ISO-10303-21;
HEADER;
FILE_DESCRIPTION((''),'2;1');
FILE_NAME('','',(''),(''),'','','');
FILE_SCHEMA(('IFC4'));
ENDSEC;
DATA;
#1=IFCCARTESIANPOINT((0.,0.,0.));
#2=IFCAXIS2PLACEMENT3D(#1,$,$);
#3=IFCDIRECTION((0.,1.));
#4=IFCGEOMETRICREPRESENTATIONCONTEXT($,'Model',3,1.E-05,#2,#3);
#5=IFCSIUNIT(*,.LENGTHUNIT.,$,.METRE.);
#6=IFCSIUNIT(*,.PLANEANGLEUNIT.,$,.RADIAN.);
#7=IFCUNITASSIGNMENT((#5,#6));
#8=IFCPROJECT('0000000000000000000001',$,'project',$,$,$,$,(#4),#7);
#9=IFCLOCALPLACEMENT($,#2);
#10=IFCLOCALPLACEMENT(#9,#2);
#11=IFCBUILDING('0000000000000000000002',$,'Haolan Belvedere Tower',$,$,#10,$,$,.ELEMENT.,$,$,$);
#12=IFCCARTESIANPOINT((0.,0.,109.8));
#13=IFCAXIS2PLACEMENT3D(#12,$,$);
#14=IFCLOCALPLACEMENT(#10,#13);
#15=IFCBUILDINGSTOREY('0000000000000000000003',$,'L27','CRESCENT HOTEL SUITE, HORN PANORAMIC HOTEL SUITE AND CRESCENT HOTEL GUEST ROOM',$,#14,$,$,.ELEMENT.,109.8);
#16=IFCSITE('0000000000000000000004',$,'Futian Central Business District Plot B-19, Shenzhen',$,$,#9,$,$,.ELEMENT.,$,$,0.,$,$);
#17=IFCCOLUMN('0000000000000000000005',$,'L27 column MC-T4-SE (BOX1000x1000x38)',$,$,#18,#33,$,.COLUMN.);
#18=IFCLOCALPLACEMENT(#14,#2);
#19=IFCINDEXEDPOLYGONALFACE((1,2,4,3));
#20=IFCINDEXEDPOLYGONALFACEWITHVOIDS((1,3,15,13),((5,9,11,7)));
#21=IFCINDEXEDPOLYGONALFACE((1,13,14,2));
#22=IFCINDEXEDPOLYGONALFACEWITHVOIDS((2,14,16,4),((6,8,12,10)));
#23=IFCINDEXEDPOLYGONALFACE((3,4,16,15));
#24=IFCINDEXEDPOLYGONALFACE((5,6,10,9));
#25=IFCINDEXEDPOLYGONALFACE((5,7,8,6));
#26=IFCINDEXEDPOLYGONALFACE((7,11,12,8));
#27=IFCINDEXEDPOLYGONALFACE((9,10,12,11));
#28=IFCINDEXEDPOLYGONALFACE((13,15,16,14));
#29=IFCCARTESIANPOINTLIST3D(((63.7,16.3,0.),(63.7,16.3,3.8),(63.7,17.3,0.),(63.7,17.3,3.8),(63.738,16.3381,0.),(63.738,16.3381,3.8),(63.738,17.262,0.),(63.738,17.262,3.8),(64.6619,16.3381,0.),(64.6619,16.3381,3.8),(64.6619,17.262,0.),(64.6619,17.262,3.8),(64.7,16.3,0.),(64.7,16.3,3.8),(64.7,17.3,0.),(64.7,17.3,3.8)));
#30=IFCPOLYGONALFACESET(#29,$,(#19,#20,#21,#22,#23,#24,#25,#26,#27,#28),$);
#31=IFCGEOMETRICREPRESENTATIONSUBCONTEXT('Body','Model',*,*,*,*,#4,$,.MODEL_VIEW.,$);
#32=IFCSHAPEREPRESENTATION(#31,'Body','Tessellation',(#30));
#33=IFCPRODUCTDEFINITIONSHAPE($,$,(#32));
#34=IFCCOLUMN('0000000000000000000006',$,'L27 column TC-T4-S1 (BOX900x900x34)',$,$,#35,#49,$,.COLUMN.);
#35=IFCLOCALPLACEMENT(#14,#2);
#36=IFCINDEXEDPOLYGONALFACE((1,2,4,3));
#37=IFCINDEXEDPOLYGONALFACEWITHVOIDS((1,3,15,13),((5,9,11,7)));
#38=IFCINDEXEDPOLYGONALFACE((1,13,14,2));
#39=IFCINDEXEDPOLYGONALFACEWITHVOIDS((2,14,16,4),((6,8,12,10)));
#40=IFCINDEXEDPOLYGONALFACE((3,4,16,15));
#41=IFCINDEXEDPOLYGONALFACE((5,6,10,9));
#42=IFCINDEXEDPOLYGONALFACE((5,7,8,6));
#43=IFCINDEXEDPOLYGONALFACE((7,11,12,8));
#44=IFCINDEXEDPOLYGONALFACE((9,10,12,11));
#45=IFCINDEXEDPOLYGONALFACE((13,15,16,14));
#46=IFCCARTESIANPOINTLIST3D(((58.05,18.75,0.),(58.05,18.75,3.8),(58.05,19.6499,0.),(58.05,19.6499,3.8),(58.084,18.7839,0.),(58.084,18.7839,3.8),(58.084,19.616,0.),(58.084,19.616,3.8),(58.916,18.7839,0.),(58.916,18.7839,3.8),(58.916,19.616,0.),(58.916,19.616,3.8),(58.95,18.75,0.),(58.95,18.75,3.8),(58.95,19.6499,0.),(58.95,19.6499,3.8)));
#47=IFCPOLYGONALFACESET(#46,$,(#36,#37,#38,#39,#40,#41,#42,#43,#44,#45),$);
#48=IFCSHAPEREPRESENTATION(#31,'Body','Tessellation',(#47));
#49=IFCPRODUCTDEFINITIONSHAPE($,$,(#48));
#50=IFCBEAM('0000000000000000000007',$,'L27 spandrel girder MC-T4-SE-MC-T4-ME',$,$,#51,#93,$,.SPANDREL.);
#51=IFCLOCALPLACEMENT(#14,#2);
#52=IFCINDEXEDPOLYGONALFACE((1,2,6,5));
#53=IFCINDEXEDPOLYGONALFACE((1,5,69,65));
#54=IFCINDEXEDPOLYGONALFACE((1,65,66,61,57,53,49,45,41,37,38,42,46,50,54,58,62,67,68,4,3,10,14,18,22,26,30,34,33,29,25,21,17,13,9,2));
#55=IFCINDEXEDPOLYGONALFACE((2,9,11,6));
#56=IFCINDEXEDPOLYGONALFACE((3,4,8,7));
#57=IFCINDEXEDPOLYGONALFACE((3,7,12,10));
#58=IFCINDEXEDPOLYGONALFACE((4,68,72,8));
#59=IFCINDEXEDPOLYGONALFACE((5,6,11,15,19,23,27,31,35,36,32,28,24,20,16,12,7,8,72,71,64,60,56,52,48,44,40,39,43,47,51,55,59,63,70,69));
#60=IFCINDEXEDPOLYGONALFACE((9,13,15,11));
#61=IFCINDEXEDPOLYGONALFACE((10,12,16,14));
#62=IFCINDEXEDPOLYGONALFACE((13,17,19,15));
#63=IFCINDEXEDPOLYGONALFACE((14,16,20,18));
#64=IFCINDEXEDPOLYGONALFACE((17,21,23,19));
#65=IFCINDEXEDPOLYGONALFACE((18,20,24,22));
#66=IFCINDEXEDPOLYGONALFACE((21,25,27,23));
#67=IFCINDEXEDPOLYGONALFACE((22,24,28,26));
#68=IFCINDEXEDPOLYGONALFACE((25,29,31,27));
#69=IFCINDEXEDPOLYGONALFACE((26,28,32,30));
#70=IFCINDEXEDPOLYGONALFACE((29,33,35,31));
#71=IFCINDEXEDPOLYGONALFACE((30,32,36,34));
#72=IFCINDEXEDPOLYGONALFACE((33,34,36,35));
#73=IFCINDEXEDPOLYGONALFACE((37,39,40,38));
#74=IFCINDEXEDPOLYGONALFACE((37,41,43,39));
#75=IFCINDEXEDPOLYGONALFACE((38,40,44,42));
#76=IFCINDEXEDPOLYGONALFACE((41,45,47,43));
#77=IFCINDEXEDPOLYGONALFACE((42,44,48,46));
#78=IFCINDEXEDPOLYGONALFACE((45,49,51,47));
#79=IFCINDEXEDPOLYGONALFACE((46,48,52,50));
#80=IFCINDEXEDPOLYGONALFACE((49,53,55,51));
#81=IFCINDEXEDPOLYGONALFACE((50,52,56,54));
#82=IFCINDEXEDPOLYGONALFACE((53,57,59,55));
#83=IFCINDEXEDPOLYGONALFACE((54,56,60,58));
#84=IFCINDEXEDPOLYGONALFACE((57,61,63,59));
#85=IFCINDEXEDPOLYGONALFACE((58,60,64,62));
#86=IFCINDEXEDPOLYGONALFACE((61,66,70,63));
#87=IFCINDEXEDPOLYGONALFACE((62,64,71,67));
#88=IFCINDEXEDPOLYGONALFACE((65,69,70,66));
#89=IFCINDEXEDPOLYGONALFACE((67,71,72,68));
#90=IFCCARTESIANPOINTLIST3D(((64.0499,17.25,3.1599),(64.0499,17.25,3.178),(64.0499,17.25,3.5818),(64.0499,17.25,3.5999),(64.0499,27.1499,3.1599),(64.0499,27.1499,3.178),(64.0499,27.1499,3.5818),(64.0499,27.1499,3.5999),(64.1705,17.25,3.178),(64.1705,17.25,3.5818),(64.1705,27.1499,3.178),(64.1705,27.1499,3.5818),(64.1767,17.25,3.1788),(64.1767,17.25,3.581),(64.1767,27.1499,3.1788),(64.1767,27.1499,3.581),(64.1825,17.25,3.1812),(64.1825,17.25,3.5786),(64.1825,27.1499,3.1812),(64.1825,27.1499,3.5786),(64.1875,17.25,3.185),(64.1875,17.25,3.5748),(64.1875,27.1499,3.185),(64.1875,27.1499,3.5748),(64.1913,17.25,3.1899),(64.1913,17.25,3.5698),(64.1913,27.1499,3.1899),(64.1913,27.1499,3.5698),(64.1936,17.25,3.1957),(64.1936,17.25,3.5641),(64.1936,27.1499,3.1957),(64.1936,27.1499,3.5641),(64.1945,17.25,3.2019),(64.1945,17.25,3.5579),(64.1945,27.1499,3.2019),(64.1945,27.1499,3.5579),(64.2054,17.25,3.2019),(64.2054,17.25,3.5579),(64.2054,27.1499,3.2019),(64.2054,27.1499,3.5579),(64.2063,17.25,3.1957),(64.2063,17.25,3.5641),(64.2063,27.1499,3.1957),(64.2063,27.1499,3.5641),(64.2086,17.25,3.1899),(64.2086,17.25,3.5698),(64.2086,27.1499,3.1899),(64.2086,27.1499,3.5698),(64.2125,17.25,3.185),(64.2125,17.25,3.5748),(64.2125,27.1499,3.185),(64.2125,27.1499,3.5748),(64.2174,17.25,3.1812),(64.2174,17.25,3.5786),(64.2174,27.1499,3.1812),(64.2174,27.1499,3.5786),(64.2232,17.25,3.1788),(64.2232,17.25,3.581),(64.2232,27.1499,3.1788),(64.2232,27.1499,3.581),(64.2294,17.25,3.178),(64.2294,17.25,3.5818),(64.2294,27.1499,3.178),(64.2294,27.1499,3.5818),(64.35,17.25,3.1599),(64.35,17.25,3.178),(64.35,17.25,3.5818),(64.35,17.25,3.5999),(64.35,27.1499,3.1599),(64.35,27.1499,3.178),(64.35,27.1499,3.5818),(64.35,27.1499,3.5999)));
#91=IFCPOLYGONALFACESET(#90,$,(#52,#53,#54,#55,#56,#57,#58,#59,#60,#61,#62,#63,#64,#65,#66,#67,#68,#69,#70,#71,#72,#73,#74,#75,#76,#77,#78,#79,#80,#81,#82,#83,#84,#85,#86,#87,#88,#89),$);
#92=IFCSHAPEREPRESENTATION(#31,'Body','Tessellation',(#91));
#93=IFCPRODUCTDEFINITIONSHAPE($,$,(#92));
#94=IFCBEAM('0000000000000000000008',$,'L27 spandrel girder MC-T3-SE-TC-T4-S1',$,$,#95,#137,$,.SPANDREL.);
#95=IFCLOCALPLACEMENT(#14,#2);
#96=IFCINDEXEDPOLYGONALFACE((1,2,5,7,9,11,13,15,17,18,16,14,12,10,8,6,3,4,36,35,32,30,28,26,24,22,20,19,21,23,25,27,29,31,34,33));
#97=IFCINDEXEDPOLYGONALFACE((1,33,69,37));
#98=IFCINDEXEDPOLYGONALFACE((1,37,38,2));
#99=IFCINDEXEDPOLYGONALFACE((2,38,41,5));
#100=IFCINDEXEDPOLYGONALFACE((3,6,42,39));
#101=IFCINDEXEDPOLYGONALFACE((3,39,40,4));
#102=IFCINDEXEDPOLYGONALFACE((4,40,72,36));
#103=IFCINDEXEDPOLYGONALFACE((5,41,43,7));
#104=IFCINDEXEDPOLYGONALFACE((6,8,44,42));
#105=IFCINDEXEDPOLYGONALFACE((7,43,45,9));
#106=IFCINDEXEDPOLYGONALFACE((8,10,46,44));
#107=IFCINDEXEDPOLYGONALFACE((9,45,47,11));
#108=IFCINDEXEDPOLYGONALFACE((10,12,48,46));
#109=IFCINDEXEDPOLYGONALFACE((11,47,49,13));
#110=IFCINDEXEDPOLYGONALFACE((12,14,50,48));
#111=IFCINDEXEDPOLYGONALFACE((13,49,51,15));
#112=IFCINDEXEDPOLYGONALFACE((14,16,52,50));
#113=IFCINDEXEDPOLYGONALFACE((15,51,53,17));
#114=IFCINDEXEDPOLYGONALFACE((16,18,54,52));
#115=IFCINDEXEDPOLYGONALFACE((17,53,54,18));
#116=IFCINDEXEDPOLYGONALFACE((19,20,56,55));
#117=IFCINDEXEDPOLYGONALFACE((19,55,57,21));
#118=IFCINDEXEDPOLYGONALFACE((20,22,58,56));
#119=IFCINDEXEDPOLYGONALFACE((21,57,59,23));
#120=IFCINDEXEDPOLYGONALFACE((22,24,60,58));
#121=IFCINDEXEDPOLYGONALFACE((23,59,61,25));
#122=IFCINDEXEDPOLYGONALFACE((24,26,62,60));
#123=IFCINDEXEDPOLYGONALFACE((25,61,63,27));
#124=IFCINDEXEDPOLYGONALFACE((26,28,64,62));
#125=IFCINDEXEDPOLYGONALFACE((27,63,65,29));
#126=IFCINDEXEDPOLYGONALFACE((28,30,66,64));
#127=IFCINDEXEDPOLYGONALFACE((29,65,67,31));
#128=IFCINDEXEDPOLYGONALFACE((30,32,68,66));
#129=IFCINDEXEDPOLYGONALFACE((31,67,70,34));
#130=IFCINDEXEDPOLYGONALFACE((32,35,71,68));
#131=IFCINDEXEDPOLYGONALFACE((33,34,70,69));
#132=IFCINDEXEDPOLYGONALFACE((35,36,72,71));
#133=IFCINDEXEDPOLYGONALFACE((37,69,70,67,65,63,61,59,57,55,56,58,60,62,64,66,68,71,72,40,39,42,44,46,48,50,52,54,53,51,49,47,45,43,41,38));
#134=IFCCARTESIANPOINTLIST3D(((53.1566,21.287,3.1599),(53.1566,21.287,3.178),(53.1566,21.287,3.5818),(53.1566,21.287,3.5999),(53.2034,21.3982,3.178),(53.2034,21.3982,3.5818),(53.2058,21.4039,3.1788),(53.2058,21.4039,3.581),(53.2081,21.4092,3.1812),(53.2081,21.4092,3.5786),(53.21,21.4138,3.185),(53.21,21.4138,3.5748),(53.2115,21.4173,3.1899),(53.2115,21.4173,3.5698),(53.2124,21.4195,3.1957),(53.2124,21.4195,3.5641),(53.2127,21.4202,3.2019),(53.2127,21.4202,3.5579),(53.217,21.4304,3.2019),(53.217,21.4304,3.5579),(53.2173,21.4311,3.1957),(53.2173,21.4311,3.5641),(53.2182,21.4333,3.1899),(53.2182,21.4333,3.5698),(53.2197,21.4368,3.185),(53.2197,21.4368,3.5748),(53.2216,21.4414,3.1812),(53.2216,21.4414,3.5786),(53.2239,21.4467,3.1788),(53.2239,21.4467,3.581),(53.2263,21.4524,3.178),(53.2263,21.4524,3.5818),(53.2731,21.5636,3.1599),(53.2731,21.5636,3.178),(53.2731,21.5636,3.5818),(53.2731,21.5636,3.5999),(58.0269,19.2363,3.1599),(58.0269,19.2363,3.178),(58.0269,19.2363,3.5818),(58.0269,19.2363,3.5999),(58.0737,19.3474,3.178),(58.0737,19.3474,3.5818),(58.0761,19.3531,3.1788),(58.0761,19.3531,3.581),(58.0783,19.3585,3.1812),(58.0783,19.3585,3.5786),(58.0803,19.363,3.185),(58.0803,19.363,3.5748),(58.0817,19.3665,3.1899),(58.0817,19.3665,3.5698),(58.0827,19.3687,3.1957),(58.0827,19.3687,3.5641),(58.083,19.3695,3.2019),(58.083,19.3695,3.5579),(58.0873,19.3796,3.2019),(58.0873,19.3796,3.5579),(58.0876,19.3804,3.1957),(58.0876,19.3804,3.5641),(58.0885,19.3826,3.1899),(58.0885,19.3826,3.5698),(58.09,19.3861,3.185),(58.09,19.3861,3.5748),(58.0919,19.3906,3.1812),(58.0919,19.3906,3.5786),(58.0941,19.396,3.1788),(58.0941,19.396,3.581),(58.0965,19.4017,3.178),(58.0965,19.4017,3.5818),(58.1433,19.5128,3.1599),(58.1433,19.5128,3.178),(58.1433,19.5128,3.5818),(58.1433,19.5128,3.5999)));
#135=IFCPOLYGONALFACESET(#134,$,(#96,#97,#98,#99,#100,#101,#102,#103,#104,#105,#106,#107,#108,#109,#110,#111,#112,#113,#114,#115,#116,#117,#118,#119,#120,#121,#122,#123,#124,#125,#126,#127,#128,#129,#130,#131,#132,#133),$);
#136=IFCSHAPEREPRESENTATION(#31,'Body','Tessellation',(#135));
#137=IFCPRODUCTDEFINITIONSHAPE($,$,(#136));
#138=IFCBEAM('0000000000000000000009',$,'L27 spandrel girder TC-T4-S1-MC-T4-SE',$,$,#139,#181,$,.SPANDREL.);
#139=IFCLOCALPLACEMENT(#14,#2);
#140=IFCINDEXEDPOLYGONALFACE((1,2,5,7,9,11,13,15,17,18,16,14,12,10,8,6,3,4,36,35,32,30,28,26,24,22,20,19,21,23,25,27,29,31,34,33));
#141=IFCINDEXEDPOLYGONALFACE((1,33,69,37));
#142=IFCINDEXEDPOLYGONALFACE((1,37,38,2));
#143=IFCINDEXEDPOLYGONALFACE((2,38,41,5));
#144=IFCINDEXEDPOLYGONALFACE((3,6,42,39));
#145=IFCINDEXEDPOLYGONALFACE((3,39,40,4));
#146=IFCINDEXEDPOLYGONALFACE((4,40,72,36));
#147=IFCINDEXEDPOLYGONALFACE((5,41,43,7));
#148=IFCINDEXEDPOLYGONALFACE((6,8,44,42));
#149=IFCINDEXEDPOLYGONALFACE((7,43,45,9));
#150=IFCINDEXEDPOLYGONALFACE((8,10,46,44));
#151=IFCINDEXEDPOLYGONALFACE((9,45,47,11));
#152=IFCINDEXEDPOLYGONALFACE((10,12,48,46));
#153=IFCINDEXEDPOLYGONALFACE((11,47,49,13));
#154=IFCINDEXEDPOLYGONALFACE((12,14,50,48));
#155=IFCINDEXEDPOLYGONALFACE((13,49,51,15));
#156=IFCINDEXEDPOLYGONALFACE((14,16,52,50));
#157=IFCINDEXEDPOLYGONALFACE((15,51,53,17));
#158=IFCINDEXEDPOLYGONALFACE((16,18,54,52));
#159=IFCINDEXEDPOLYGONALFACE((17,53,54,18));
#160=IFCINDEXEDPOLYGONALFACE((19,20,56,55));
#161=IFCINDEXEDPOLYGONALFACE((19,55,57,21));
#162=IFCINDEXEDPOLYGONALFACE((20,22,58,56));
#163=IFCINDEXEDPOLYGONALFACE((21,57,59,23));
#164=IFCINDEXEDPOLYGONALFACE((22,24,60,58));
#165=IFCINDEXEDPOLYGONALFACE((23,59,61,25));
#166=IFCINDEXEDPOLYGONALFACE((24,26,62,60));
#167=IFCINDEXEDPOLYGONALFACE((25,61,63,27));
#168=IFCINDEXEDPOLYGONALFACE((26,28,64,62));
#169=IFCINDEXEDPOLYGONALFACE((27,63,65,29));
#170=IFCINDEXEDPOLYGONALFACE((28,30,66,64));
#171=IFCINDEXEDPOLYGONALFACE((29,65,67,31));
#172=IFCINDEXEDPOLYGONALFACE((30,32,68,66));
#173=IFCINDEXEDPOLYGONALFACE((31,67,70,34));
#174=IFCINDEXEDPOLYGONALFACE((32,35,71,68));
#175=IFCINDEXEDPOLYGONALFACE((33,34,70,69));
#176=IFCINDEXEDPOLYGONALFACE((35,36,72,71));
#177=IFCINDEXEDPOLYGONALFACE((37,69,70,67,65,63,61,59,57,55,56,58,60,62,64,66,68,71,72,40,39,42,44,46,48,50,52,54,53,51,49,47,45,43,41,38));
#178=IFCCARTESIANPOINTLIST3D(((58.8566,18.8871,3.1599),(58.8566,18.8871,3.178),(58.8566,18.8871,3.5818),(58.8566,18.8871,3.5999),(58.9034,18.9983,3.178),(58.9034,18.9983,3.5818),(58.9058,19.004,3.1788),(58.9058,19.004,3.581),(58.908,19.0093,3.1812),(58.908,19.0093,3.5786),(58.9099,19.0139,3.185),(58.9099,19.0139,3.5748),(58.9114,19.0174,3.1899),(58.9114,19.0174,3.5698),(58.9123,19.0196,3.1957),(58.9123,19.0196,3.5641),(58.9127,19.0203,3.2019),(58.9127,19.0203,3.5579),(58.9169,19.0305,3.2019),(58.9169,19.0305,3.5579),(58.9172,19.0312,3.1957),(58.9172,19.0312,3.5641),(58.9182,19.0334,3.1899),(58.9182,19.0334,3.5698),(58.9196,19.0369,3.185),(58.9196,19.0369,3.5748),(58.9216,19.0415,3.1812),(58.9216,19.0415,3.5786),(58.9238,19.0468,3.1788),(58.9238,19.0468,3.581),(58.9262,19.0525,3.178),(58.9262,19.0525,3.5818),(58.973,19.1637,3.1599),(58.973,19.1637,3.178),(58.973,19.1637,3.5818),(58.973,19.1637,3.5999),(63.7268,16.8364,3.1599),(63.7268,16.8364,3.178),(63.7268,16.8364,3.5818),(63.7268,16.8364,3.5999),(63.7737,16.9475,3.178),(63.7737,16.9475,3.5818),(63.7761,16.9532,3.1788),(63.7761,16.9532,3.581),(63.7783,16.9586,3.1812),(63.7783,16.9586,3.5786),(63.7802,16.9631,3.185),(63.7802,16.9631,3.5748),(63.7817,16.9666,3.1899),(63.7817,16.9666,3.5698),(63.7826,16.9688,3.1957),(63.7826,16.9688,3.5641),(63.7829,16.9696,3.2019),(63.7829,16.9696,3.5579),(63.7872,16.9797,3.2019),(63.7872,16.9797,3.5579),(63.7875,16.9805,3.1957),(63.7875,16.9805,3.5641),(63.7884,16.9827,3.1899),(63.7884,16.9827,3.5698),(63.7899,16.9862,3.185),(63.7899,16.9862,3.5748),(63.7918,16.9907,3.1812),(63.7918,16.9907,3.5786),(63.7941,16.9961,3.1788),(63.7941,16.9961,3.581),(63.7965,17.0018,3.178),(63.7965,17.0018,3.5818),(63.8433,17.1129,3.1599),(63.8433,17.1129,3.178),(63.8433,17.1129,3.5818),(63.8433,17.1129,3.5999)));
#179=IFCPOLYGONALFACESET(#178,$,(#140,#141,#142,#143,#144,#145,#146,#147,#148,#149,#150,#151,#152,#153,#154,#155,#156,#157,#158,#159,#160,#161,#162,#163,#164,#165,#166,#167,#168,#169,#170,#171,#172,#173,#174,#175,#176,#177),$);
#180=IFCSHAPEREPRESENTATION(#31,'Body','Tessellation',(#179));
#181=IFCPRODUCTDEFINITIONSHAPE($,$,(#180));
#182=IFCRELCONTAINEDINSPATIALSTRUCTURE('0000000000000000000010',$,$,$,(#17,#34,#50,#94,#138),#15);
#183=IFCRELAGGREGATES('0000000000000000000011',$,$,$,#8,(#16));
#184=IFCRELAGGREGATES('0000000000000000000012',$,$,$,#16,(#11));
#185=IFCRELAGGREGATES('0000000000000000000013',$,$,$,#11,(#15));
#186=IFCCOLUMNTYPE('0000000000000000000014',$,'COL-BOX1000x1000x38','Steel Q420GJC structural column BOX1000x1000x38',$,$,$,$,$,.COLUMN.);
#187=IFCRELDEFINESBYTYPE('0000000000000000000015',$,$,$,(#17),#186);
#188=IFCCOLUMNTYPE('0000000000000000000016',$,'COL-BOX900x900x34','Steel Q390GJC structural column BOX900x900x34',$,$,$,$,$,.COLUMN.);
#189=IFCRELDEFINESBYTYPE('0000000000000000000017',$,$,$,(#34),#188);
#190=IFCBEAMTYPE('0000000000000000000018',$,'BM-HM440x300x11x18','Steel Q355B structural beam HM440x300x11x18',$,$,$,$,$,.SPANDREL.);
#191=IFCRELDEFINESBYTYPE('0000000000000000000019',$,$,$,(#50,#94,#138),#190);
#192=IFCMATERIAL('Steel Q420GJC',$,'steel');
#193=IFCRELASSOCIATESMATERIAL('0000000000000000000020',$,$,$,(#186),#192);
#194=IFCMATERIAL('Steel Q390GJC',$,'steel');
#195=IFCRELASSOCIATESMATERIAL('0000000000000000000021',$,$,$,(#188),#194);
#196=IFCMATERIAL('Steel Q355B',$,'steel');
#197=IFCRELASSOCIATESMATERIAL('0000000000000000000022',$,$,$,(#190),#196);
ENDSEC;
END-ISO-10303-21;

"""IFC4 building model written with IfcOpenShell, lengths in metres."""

from ifc_helpers import new_model, si_unit, direction, frame, origin, origin_2d, place, context, subcontext, project, spatial, hollow_rectangle, i_section, extrude, material, material_profile, profile_set, type_object, element, save


model = new_model("IFC4")

# Units and contexts
model_context = context("Model", 3, precision=1e-05, world=origin(), true_north=direction((0.0, 1.0)))
body_context = subcontext(model_context, "Body", "Model", "MODEL_VIEW")
ifc_project = project(units=[si_unit("LENGTHUNIT", "METRE"), si_unit("PLANEANGLEUNIT", "RADIAN")], contexts=[model_context])

# Site, building, storey
site_placement = place(None, origin())
site = spatial("IfcSite", under=ifc_project, at=site_placement, Name="Futian Central Business District Plot B-19, Shenzhen", CompositionType="ELEMENT", RefElevation=0.0)
building_placement = place(site_placement, origin())
building = spatial("IfcBuilding", under=site, at=building_placement, Name="Haolan Belvedere Tower", CompositionType="ELEMENT")
storey_placement = place(building_placement, frame((0.0, 0.0, 109.8)))
storey = spatial("IfcBuildingStorey", under=building, at=storey_placement, Name="L27", Description="CRESCENT HOTEL SUITE, HORN PANORAMIC HOTEL SUITE AND CRESCENT HOTEL GUEST ROOM", CompositionType="ELEMENT", Elevation=109.8)

# Columns
ifc_material_1 = material(Name="Steel Q420GJC", Category="steel")
ifc_material_profile_1 = material_profile(ifc_material_1, hollow_rectangle(XDim=1.0, YDim=1.0, WallThickness=0.0381, at=origin_2d()), Name="Steel Q420GJC")
ifc_profile_set_1 = profile_set([ifc_material_profile_1], Name="Steel Q420GJC")
column_type_1 = type_object("IfcColumnType", Name="COL-BOX1000x1000x38", Description="Steel Q420GJC structural column BOX1000x1000x38", PredefinedType="COLUMN", material=ifc_profile_set_1)
column_1_placement = place(storey_placement, frame((64.2, 16.8, 0.0), z_axis=(0.0, 0.0, 1.0), x_axis=(1.0, 0.0, 0.0)))
element("IfcColumn", 1, at=column_1_placement, inside=storey, type_object=column_type_1, Name="L27 column MC-T4-SE (BOX1000x1000x38)", PredefinedType="COLUMN", context=body_context, shape_type="SweptSolid", body=[
    extrude(hollow_rectangle(XDim=1.0, YDim=1.0, WallThickness=0.0381, at=origin_2d()), origin(), (0.0, 0.0, 1.0), 3.8),
])
ifc_material_2 = material(Name="Steel Q390GJC", Category="steel")
ifc_material_profile_2 = material_profile(ifc_material_2, hollow_rectangle(XDim=0.8999, YDim=0.8999, WallThickness=0.0339, at=origin_2d()), Name="Steel Q390GJC")
ifc_profile_set_2 = profile_set([ifc_material_profile_2], Name="Steel Q390GJC")
column_type_2 = type_object("IfcColumnType", Name="COL-BOX900x900x34", Description="Steel Q390GJC structural column BOX900x900x34", PredefinedType="COLUMN", material=ifc_profile_set_2)
column_2_placement = place(storey_placement, frame((58.5, 19.2, 0.0), z_axis=(0.0, 0.0, 1.0), x_axis=(1.0, 0.0, 0.0)))
element("IfcColumn", 2, at=column_2_placement, inside=storey, type_object=column_type_2, Name="L27 column TC-T4-S1 (BOX900x900x34)", PredefinedType="COLUMN", context=body_context, shape_type="SweptSolid", body=[
    extrude(hollow_rectangle(XDim=0.8999, YDim=0.8999, WallThickness=0.0339, at=origin_2d()), origin(), (0.0, 0.0, 1.0), 3.8),
])

# Beams
ifc_material_3 = material(Name="Steel Q355B", Category="steel")
ifc_material_profile_3 = material_profile(ifc_material_3, i_section(OverallWidth=0.3, OverallDepth=0.4399, WebThickness=0.011, FlangeThickness=0.0181, FilletRadius=0.0239, at=origin_2d()), Name="Steel Q355B")
ifc_profile_set_3 = profile_set([ifc_material_profile_3], Name="Steel Q355B")
beam_type = type_object("IfcBeamType", Name="BM-HM440x300x11x18", Description="Steel Q355B structural beam HM440x300x11x18", PredefinedType="SPANDREL", material=ifc_profile_set_3)
beam_placement = place(storey_placement, frame((64.2, 17.25, 3.3799), z_axis=(0.0, 1.0, 0.0), x_axis=(-1.0, 0.0, 0.0)))
element("IfcBeam", 3, at=beam_placement, inside=storey, type_object=beam_type, Name="L27 spandrel girder MC-T4-SE-MC-T4-ME", PredefinedType="SPANDREL", context=body_context, shape_type="SweptSolid", body=[
    extrude(i_section(OverallWidth=0.3, OverallDepth=0.4399, WebThickness=0.011, FlangeThickness=0.0181, FilletRadius=0.0239, at=origin_2d()), origin(), (0.0, 0.0, 1.0), 9.8999),
])
for number, where, z_axis, x_axis, name in (
    (4, (53.2148, 21.4253, 3.3799), (0.921628, -0.388074, 0.0), (0.388074, 0.921628, 0.0), "L27 spandrel girder MC-T3-SE-TC-T4-S1"),
    (5, (58.9148, 19.0254, 3.3799), (0.921628, -0.388074, 0.0), (0.388074, 0.921628, 0.0), "L27 spandrel girder TC-T4-S1-MC-T4-SE"),
):
    element("IfcBeam", number, at=place(storey_placement, frame(where, z_axis=z_axis, x_axis=x_axis)), inside=storey, type_object=beam_type, Name=name, PredefinedType="SPANDREL", context=body_context, shape_type="SweptSolid", body=[
        extrude(i_section(OverallWidth=0.3, OverallDepth=0.4399, WebThickness=0.011, FlangeThickness=0.0181, FilletRadius=0.0239, at=origin_2d()), origin(), (0.0, 0.0, 1.0), 5.2844),
    ])

save(model, "model.ifc")
